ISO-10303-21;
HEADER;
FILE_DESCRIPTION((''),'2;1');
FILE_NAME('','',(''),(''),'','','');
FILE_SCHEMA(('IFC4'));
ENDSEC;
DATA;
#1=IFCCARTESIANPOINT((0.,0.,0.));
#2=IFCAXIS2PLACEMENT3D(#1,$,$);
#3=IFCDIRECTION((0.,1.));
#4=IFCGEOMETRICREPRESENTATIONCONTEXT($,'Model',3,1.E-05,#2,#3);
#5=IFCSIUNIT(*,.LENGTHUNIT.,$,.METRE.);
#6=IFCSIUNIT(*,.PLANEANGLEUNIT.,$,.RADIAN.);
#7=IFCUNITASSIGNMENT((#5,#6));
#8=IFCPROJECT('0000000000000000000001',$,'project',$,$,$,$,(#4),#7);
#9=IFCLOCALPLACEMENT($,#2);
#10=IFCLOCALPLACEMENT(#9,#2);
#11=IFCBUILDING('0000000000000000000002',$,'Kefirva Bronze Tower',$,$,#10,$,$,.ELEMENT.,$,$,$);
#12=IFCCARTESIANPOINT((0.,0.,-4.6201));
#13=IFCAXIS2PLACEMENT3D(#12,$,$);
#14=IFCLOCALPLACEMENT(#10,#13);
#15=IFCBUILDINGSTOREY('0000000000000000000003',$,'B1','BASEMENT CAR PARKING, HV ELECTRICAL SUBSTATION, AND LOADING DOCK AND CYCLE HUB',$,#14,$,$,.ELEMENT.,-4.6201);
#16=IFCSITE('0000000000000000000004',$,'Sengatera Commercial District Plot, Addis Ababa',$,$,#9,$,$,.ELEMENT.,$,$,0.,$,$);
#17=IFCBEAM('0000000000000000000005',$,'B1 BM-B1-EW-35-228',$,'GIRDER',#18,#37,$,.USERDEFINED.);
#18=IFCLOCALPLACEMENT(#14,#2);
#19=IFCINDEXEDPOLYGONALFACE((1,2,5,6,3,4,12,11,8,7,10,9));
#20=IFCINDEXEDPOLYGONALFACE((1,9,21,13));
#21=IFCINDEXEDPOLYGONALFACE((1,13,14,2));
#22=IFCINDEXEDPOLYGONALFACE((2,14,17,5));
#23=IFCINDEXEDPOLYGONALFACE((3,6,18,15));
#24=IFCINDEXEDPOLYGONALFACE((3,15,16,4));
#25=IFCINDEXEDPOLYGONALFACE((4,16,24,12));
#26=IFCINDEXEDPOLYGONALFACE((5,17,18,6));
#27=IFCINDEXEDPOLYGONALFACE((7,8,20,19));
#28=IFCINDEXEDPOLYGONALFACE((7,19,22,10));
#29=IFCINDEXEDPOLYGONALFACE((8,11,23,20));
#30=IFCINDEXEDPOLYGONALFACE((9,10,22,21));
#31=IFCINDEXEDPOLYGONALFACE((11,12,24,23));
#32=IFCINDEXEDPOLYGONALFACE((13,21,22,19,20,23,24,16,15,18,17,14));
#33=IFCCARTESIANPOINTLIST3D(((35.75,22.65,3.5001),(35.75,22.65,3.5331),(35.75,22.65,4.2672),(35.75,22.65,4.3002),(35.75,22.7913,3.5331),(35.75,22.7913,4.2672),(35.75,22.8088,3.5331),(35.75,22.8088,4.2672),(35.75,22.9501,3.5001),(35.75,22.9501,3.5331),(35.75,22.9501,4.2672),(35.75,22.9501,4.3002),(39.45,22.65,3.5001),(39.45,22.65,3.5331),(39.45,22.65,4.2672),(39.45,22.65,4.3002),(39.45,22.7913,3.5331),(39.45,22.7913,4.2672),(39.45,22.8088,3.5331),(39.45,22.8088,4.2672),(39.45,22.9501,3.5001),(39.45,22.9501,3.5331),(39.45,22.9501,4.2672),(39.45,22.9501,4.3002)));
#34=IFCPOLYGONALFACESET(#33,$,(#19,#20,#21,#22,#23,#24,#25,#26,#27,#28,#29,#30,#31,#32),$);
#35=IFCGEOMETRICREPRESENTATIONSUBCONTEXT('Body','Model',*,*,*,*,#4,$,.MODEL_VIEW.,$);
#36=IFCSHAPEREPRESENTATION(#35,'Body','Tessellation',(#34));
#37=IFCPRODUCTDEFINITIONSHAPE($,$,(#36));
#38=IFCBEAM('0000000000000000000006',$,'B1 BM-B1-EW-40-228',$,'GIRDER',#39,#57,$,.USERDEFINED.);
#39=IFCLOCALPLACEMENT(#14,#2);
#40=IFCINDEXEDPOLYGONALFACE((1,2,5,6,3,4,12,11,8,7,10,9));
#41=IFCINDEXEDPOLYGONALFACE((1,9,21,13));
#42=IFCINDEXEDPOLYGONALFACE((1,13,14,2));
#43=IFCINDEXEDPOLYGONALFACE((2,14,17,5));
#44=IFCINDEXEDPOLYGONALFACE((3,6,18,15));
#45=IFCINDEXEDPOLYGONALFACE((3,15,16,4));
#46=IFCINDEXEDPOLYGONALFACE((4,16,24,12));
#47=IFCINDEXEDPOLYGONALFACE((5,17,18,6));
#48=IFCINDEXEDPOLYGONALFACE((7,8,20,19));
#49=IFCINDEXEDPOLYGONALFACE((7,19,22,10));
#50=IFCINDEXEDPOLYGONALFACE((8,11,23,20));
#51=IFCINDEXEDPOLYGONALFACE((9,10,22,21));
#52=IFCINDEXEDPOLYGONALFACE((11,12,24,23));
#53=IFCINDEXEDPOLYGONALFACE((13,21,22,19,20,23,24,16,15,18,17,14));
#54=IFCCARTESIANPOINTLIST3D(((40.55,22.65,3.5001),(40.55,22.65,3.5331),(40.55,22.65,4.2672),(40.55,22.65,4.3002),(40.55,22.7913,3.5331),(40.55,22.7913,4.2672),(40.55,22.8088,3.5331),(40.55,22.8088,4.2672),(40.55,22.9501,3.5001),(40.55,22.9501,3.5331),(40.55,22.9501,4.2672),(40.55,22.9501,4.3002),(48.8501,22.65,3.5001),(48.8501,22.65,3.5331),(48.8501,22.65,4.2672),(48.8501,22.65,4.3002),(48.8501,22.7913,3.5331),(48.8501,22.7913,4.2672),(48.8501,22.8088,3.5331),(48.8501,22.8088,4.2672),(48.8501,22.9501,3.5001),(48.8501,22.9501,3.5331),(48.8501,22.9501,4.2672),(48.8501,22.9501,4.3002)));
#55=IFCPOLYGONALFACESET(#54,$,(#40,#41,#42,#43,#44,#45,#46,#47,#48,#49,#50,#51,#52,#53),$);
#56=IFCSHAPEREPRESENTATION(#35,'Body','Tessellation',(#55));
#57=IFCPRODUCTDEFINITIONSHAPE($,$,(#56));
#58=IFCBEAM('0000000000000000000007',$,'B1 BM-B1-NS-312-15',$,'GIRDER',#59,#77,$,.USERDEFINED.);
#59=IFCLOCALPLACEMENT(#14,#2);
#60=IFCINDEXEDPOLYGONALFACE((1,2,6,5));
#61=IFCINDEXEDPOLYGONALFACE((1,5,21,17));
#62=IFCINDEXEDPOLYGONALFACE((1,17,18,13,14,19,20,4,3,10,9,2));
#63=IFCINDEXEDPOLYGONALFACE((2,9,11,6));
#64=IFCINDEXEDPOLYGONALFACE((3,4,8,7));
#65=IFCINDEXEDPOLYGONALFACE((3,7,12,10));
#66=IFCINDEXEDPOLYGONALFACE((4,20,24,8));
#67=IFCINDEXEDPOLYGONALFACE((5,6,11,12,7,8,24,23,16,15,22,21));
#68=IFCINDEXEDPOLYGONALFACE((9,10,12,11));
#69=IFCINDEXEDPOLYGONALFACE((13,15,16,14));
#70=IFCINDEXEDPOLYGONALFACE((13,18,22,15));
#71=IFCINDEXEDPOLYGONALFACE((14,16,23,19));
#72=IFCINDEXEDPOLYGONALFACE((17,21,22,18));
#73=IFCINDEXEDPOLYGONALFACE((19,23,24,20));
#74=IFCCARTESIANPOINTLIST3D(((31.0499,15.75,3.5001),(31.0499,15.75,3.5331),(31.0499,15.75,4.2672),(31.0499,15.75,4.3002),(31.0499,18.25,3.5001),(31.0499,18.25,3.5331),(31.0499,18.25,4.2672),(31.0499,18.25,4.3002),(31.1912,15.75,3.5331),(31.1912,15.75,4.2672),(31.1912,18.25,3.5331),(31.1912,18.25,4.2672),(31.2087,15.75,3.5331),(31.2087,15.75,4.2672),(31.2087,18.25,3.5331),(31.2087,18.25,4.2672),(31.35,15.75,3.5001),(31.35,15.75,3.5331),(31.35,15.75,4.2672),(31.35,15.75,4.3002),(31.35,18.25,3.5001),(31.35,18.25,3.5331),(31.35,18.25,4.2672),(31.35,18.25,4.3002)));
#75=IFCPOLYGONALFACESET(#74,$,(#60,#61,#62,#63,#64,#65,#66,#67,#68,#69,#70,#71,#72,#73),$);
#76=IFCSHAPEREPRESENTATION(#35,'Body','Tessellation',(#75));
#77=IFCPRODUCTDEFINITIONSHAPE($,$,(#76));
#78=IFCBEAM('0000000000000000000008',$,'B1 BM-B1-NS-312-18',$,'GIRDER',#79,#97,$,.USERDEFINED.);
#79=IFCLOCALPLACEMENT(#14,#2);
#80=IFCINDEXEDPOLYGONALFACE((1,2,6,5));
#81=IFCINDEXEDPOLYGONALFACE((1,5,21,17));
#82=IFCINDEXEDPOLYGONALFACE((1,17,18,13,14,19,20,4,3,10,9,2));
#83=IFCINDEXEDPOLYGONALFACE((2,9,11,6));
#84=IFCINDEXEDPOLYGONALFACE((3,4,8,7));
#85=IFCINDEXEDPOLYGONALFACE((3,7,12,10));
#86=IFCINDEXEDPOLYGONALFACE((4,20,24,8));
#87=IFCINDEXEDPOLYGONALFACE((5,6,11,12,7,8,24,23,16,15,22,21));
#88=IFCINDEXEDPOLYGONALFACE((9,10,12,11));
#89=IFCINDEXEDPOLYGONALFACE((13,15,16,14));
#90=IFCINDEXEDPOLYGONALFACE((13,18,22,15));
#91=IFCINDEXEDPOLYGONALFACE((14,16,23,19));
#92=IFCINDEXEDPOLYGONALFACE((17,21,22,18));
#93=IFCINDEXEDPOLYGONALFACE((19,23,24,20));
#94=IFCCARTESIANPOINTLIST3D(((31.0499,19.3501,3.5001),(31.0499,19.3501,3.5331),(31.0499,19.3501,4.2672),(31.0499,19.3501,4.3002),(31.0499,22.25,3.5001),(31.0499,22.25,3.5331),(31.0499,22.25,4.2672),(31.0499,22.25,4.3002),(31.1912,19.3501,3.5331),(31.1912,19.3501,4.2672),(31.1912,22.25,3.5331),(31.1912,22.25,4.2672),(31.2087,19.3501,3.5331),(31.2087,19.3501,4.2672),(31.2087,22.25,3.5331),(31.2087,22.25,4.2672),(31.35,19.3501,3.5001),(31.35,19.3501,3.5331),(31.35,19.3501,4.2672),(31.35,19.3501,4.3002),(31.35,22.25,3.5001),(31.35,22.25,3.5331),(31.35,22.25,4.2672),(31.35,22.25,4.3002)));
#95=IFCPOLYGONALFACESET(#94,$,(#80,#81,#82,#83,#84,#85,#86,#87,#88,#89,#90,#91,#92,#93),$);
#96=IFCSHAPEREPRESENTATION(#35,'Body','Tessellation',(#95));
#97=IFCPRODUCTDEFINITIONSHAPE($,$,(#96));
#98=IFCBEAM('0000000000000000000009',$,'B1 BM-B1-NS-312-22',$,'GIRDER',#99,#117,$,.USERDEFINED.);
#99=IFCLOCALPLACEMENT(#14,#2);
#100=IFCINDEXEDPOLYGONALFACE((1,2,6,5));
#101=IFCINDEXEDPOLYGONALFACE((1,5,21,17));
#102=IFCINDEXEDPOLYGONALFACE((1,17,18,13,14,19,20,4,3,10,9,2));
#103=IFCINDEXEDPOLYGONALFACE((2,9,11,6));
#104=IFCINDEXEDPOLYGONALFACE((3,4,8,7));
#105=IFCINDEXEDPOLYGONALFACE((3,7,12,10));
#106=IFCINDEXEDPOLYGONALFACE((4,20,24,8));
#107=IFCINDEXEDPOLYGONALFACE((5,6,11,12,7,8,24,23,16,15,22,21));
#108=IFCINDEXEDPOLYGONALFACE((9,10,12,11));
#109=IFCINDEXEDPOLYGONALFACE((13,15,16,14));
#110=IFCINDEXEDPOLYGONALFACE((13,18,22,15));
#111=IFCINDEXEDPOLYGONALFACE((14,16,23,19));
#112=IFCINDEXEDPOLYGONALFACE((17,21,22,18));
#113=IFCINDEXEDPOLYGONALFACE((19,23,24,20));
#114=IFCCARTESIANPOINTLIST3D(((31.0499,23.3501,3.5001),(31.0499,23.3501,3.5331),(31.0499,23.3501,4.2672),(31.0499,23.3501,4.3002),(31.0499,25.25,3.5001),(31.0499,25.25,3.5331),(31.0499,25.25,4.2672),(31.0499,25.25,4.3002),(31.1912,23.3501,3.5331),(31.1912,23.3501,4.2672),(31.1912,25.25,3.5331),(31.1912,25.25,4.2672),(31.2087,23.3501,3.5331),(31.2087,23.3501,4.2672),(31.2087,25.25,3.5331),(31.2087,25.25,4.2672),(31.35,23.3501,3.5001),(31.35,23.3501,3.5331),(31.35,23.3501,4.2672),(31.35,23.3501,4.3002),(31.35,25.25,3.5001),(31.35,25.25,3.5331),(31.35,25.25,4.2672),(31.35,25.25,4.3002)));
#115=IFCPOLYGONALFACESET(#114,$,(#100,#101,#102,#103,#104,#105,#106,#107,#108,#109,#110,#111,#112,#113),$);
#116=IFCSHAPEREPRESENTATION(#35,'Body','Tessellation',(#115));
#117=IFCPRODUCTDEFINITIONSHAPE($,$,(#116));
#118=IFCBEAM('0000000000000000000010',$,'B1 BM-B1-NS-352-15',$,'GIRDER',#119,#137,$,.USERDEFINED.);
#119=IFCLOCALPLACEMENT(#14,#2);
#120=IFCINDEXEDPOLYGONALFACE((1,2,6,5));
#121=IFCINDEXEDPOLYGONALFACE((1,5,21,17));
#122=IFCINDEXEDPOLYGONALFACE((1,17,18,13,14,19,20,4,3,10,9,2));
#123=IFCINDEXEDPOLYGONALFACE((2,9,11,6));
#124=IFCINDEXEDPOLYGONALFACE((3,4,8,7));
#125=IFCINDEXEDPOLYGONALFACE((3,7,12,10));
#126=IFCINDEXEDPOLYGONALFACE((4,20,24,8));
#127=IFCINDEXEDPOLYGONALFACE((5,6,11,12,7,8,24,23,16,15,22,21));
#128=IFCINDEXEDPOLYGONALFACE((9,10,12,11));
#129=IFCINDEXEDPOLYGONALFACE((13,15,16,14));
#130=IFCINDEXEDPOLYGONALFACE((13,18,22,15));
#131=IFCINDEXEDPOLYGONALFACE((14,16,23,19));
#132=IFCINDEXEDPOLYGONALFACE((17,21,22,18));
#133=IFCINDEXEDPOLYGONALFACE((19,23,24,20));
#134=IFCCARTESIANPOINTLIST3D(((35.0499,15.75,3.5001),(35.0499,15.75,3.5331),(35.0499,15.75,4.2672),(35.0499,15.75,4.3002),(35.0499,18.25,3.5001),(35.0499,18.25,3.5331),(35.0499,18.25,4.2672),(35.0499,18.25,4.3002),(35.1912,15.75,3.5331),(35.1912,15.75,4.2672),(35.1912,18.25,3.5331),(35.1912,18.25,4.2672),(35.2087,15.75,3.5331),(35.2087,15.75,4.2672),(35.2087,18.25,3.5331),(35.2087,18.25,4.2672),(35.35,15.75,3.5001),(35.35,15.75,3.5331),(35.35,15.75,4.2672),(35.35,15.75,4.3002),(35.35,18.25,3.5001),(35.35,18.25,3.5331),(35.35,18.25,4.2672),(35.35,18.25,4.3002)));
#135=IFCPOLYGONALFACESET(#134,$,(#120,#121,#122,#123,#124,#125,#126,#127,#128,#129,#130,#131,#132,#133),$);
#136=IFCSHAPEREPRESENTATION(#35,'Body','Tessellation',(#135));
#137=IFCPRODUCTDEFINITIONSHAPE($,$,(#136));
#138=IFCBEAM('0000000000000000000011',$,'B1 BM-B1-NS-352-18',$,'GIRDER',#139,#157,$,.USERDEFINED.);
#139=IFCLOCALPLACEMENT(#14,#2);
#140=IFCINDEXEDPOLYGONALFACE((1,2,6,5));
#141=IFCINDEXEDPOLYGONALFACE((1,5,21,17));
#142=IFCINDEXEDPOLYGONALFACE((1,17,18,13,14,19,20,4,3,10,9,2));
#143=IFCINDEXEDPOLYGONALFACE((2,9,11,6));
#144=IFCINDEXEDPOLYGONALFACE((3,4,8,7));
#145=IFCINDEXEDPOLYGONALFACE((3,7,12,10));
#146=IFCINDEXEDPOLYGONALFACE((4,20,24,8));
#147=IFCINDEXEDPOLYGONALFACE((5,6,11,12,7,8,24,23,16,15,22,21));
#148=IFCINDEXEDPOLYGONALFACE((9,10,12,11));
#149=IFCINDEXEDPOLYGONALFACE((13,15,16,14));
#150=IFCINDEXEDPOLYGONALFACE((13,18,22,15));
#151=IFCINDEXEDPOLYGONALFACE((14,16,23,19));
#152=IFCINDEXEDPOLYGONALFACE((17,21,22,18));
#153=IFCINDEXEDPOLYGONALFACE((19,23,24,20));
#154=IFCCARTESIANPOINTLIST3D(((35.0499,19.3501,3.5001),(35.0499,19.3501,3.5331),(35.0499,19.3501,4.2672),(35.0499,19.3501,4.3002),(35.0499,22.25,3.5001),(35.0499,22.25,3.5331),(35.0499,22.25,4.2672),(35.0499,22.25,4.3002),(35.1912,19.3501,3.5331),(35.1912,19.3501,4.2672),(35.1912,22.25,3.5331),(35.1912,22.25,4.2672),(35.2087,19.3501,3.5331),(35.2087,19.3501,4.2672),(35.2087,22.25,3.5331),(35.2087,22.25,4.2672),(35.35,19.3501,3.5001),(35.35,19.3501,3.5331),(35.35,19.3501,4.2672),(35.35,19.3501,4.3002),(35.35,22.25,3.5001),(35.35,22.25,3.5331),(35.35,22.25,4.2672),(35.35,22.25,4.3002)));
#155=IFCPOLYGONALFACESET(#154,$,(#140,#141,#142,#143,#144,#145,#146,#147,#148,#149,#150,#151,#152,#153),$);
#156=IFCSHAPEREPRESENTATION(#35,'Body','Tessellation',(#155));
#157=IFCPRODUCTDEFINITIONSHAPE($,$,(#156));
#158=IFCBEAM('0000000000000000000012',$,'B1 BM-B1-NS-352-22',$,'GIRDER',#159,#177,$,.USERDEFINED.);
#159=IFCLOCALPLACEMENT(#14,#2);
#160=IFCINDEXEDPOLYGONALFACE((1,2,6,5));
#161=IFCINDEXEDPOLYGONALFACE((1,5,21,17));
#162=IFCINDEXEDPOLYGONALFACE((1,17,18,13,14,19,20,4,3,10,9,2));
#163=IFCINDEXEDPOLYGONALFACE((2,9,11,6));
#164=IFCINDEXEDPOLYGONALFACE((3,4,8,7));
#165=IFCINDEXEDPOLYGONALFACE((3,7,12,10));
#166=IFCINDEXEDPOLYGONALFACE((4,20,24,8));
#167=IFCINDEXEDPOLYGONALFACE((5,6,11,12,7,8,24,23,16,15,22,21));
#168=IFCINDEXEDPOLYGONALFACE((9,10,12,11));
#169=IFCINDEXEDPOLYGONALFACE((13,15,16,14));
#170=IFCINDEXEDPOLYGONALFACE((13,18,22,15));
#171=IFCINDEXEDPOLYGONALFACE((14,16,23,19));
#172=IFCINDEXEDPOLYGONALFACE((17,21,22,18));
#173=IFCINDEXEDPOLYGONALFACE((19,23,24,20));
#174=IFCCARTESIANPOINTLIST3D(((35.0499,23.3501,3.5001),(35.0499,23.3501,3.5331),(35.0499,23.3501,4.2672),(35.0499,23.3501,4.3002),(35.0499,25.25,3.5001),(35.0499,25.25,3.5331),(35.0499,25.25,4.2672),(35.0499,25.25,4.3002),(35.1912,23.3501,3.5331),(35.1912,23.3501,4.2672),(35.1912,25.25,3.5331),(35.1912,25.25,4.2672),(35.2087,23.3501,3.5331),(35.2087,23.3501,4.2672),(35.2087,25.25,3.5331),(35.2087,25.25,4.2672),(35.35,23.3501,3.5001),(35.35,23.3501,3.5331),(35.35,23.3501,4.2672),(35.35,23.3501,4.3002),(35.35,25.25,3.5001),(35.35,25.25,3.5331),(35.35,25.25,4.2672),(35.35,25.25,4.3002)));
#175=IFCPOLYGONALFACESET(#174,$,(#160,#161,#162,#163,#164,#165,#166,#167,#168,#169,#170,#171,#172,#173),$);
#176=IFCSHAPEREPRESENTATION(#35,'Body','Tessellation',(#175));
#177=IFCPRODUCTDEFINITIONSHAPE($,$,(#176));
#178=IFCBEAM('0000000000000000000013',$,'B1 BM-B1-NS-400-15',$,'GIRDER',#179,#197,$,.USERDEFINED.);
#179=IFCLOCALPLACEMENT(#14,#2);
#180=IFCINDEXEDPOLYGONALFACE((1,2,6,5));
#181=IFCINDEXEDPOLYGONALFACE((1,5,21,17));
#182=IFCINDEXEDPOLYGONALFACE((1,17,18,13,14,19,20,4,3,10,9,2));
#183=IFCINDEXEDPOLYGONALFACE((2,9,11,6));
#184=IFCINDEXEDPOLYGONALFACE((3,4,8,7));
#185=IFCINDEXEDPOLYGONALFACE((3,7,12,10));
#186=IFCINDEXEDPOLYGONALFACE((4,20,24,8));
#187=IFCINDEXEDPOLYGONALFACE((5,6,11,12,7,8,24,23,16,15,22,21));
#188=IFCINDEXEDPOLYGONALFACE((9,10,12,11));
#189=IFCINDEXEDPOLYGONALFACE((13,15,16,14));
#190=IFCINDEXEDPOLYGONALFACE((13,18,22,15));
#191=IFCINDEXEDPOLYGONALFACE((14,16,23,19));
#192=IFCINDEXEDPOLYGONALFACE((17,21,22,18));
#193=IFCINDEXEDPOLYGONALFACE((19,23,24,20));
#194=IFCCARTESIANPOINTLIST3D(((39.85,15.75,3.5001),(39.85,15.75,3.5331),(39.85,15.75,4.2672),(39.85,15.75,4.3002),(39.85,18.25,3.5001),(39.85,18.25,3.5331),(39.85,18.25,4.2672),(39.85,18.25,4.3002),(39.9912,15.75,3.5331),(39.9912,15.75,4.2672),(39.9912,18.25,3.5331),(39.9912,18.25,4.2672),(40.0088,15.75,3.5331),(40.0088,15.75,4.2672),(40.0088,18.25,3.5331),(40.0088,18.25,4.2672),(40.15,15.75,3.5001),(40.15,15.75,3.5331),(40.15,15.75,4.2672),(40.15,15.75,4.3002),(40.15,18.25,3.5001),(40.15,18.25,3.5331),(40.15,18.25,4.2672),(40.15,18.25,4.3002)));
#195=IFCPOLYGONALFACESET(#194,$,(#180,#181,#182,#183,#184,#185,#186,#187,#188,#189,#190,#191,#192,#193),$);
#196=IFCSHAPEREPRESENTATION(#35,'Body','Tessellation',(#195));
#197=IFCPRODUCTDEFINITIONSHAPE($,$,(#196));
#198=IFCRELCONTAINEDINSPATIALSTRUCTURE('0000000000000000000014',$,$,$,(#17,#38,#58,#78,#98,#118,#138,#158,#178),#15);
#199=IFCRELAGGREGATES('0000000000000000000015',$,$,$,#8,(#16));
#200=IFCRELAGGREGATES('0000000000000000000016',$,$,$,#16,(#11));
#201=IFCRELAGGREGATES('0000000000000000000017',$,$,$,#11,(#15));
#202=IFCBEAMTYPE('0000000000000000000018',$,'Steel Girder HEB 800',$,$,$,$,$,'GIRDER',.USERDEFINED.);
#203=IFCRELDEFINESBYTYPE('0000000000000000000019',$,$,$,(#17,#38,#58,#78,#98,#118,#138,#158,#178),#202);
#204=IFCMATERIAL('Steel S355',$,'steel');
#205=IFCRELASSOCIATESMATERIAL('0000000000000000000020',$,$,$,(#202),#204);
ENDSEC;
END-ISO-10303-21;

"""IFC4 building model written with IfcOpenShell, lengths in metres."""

from ifc_helpers import new_model, si_unit, direction, frame, origin, origin_2d, place, context, subcontext, project, spatial, i_section, extrude, material, material_profile, profile_set, type_object, element, save


model = new_model("IFC4")

# Units and contexts
model_context = context("Model", 3, precision=1e-05, world=origin(), true_north=direction((0.0, 1.0)))
body_context = subcontext(model_context, "Body", "Model", "MODEL_VIEW")
ifc_project = project(units=[si_unit("LENGTHUNIT", "METRE"), si_unit("PLANEANGLEUNIT", "RADIAN")], contexts=[model_context])

# Site, building, storey
site_placement = place(None, origin())
site = spatial("IfcSite", under=ifc_project, at=site_placement, Name="Sengatera Commercial District Plot, Addis Ababa", CompositionType="ELEMENT", RefElevation=0.0)
building_placement = place(site_placement, origin())
building = spatial("IfcBuilding", under=site, at=building_placement, Name="Kefirva Bronze Tower", CompositionType="ELEMENT")
storey_placement = place(building_placement, frame((0.0, 0.0, -4.6201)))
storey = spatial("IfcBuildingStorey", under=building, at=storey_placement, Name="B1", Description="BASEMENT CAR PARKING, HV ELECTRICAL SUBSTATION, AND LOADING DOCK AND CYCLE HUB", CompositionType="ELEMENT", Elevation=-4.6201)

# Beams
ifc_material_1 = material(Name="Steel S355", Category="steel")
ifc_material_profile_1 = material_profile(ifc_material_1, i_section(OverallWidth=0.3, OverallDepth=0.8, WebThickness=0.0176, FlangeThickness=0.033, at=origin_2d()), Name="HEB 800")
ifc_profile_set_1 = profile_set([ifc_material_profile_1], Name="Steel S355")
beam_type_1 = type_object("IfcBeamType", Name="Steel Girder HEB 800", ElementType="GIRDER", PredefinedType="USERDEFINED", material=ifc_profile_set_1)
beam_1_placement = place(storey_placement, frame((35.75, 22.8, 3.9001), z_axis=(1.0, 0.0, 0.0), x_axis=(0.0, 1.0, 0.0)))
element("IfcBeam", 1, at=beam_1_placement, inside=storey, type_object=beam_type_1, Name="B1 BM-B1-EW-35-228", ObjectType="GIRDER", PredefinedType="USERDEFINED", context=body_context, shape_type="SweptSolid", body=[
    extrude(i_section(OverallWidth=0.3, OverallDepth=0.8, WebThickness=0.0176, FlangeThickness=0.033, at=origin_2d()), origin(), (0.0, 0.0, 1.0), 3.7),
])
beam_2_placement = place(storey_placement, frame((40.55, 22.8, 3.9001), z_axis=(1.0, 0.0, 0.0), x_axis=(0.0, 1.0, 0.0)))
element("IfcBeam", 2, at=beam_2_placement, inside=storey, type_object=beam_type_1, Name="B1 BM-B1-EW-40-228", ObjectType="GIRDER", PredefinedType="USERDEFINED", context=body_context, shape_type="SweptSolid", body=[
    extrude(i_section(OverallWidth=0.3, OverallDepth=0.8, WebThickness=0.0176, FlangeThickness=0.033, at=origin_2d()), origin(), (0.0, 0.0, 1.0), 8.3),
])
beam_3_placement = place(storey_placement, frame((31.2, 15.75, 3.9001), z_axis=(0.0, 1.0, 0.0), x_axis=(-1.0, 0.0, 0.0)))
element("IfcBeam", 3, at=beam_3_placement, inside=storey, type_object=beam_type_1, Name="B1 BM-B1-NS-312-15", ObjectType="GIRDER", PredefinedType="USERDEFINED", context=body_context, shape_type="SweptSolid", body=[
    extrude(i_section(OverallWidth=0.3, OverallDepth=0.8, WebThickness=0.0176, FlangeThickness=0.033, at=origin_2d()), origin(), (0.0, 0.0, 1.0), 2.5),
])
beam_4_placement = place(storey_placement, frame((31.2, 19.3501, 3.9001), z_axis=(0.0, 1.0, 0.0), x_axis=(-1.0, 0.0, 0.0)))
element("IfcBeam", 4, at=beam_4_placement, inside=storey, type_object=beam_type_1, Name="B1 BM-B1-NS-312-18", ObjectType="GIRDER", PredefinedType="USERDEFINED", context=body_context, shape_type="SweptSolid", body=[
    extrude(i_section(OverallWidth=0.3, OverallDepth=0.8, WebThickness=0.0176, FlangeThickness=0.033, at=origin_2d()), origin(), (0.0, 0.0, 1.0), 2.8999),
])
beam_5_placement = place(storey_placement, frame((31.2, 23.3501, 3.9001), z_axis=(0.0, 1.0, 0.0), x_axis=(-1.0, 0.0, 0.0)))
element("IfcBeam", 5, at=beam_5_placement, inside=storey, type_object=beam_type_1, Name="B1 BM-B1-NS-312-22", ObjectType="GIRDER", PredefinedType="USERDEFINED", context=body_context, shape_type="SweptSolid", body=[
    extrude(i_section(OverallWidth=0.3, OverallDepth=0.8, WebThickness=0.0176, FlangeThickness=0.033, at=origin_2d()), origin(), (0.0, 0.0, 1.0), 1.8999),
])
beam_6_placement = place(storey_placement, frame((35.2, 15.75, 3.9001), z_axis=(0.0, 1.0, 0.0), x_axis=(-1.0, 0.0, 0.0)))
element("IfcBeam", 6, at=beam_6_placement, inside=storey, type_object=beam_type_1, Name="B1 BM-B1-NS-352-15", ObjectType="GIRDER", PredefinedType="USERDEFINED", context=body_context, shape_type="SweptSolid", body=[
    extrude(i_section(OverallWidth=0.3, OverallDepth=0.8, WebThickness=0.0176, FlangeThickness=0.033, at=origin_2d()), origin(), (0.0, 0.0, 1.0), 2.5),
])
beam_7_placement = place(storey_placement, frame((35.2, 19.3501, 3.9001), z_axis=(0.0, 1.0, 0.0), x_axis=(-1.0, 0.0, 0.0)))
element("IfcBeam", 7, at=beam_7_placement, inside=storey, type_object=beam_type_1, Name="B1 BM-B1-NS-352-18", ObjectType="GIRDER", PredefinedType="USERDEFINED", context=body_context, shape_type="SweptSolid", body=[
    extrude(i_section(OverallWidth=0.3, OverallDepth=0.8, WebThickness=0.0176, FlangeThickness=0.033, at=origin_2d()), origin(), (0.0, 0.0, 1.0), 2.8999),
])
beam_8_placement = place(storey_placement, frame((35.2, 23.3501, 3.9001), z_axis=(0.0, 1.0, 0.0), x_axis=(-1.0, 0.0, 0.0)))
element("IfcBeam", 8, at=beam_8_placement, inside=storey, type_object=beam_type_1, Name="B1 BM-B1-NS-352-22", ObjectType="GIRDER", PredefinedType="USERDEFINED", context=body_context, shape_type="SweptSolid", body=[
    extrude(i_section(OverallWidth=0.3, OverallDepth=0.8, WebThickness=0.0176, FlangeThickness=0.033, at=origin_2d()), origin(), (0.0, 0.0, 1.0), 1.8999),
])
beam_9_placement = place(storey_placement, frame((40.0, 15.75, 3.9001), z_axis=(0.0, 1.0, 0.0), x_axis=(-1.0, 0.0, 0.0)))
element("IfcBeam", 9, at=beam_9_placement, inside=storey, type_object=beam_type_1, Name="B1 BM-B1-NS-400-15", ObjectType="GIRDER", PredefinedType="USERDEFINED", context=body_context, shape_type="SweptSolid", body=[
    extrude(i_section(OverallWidth=0.3, OverallDepth=0.8, WebThickness=0.0176, FlangeThickness=0.033, at=origin_2d()), origin(), (0.0, 0.0, 1.0), 2.5),
])

save(model, "model.ifc")
